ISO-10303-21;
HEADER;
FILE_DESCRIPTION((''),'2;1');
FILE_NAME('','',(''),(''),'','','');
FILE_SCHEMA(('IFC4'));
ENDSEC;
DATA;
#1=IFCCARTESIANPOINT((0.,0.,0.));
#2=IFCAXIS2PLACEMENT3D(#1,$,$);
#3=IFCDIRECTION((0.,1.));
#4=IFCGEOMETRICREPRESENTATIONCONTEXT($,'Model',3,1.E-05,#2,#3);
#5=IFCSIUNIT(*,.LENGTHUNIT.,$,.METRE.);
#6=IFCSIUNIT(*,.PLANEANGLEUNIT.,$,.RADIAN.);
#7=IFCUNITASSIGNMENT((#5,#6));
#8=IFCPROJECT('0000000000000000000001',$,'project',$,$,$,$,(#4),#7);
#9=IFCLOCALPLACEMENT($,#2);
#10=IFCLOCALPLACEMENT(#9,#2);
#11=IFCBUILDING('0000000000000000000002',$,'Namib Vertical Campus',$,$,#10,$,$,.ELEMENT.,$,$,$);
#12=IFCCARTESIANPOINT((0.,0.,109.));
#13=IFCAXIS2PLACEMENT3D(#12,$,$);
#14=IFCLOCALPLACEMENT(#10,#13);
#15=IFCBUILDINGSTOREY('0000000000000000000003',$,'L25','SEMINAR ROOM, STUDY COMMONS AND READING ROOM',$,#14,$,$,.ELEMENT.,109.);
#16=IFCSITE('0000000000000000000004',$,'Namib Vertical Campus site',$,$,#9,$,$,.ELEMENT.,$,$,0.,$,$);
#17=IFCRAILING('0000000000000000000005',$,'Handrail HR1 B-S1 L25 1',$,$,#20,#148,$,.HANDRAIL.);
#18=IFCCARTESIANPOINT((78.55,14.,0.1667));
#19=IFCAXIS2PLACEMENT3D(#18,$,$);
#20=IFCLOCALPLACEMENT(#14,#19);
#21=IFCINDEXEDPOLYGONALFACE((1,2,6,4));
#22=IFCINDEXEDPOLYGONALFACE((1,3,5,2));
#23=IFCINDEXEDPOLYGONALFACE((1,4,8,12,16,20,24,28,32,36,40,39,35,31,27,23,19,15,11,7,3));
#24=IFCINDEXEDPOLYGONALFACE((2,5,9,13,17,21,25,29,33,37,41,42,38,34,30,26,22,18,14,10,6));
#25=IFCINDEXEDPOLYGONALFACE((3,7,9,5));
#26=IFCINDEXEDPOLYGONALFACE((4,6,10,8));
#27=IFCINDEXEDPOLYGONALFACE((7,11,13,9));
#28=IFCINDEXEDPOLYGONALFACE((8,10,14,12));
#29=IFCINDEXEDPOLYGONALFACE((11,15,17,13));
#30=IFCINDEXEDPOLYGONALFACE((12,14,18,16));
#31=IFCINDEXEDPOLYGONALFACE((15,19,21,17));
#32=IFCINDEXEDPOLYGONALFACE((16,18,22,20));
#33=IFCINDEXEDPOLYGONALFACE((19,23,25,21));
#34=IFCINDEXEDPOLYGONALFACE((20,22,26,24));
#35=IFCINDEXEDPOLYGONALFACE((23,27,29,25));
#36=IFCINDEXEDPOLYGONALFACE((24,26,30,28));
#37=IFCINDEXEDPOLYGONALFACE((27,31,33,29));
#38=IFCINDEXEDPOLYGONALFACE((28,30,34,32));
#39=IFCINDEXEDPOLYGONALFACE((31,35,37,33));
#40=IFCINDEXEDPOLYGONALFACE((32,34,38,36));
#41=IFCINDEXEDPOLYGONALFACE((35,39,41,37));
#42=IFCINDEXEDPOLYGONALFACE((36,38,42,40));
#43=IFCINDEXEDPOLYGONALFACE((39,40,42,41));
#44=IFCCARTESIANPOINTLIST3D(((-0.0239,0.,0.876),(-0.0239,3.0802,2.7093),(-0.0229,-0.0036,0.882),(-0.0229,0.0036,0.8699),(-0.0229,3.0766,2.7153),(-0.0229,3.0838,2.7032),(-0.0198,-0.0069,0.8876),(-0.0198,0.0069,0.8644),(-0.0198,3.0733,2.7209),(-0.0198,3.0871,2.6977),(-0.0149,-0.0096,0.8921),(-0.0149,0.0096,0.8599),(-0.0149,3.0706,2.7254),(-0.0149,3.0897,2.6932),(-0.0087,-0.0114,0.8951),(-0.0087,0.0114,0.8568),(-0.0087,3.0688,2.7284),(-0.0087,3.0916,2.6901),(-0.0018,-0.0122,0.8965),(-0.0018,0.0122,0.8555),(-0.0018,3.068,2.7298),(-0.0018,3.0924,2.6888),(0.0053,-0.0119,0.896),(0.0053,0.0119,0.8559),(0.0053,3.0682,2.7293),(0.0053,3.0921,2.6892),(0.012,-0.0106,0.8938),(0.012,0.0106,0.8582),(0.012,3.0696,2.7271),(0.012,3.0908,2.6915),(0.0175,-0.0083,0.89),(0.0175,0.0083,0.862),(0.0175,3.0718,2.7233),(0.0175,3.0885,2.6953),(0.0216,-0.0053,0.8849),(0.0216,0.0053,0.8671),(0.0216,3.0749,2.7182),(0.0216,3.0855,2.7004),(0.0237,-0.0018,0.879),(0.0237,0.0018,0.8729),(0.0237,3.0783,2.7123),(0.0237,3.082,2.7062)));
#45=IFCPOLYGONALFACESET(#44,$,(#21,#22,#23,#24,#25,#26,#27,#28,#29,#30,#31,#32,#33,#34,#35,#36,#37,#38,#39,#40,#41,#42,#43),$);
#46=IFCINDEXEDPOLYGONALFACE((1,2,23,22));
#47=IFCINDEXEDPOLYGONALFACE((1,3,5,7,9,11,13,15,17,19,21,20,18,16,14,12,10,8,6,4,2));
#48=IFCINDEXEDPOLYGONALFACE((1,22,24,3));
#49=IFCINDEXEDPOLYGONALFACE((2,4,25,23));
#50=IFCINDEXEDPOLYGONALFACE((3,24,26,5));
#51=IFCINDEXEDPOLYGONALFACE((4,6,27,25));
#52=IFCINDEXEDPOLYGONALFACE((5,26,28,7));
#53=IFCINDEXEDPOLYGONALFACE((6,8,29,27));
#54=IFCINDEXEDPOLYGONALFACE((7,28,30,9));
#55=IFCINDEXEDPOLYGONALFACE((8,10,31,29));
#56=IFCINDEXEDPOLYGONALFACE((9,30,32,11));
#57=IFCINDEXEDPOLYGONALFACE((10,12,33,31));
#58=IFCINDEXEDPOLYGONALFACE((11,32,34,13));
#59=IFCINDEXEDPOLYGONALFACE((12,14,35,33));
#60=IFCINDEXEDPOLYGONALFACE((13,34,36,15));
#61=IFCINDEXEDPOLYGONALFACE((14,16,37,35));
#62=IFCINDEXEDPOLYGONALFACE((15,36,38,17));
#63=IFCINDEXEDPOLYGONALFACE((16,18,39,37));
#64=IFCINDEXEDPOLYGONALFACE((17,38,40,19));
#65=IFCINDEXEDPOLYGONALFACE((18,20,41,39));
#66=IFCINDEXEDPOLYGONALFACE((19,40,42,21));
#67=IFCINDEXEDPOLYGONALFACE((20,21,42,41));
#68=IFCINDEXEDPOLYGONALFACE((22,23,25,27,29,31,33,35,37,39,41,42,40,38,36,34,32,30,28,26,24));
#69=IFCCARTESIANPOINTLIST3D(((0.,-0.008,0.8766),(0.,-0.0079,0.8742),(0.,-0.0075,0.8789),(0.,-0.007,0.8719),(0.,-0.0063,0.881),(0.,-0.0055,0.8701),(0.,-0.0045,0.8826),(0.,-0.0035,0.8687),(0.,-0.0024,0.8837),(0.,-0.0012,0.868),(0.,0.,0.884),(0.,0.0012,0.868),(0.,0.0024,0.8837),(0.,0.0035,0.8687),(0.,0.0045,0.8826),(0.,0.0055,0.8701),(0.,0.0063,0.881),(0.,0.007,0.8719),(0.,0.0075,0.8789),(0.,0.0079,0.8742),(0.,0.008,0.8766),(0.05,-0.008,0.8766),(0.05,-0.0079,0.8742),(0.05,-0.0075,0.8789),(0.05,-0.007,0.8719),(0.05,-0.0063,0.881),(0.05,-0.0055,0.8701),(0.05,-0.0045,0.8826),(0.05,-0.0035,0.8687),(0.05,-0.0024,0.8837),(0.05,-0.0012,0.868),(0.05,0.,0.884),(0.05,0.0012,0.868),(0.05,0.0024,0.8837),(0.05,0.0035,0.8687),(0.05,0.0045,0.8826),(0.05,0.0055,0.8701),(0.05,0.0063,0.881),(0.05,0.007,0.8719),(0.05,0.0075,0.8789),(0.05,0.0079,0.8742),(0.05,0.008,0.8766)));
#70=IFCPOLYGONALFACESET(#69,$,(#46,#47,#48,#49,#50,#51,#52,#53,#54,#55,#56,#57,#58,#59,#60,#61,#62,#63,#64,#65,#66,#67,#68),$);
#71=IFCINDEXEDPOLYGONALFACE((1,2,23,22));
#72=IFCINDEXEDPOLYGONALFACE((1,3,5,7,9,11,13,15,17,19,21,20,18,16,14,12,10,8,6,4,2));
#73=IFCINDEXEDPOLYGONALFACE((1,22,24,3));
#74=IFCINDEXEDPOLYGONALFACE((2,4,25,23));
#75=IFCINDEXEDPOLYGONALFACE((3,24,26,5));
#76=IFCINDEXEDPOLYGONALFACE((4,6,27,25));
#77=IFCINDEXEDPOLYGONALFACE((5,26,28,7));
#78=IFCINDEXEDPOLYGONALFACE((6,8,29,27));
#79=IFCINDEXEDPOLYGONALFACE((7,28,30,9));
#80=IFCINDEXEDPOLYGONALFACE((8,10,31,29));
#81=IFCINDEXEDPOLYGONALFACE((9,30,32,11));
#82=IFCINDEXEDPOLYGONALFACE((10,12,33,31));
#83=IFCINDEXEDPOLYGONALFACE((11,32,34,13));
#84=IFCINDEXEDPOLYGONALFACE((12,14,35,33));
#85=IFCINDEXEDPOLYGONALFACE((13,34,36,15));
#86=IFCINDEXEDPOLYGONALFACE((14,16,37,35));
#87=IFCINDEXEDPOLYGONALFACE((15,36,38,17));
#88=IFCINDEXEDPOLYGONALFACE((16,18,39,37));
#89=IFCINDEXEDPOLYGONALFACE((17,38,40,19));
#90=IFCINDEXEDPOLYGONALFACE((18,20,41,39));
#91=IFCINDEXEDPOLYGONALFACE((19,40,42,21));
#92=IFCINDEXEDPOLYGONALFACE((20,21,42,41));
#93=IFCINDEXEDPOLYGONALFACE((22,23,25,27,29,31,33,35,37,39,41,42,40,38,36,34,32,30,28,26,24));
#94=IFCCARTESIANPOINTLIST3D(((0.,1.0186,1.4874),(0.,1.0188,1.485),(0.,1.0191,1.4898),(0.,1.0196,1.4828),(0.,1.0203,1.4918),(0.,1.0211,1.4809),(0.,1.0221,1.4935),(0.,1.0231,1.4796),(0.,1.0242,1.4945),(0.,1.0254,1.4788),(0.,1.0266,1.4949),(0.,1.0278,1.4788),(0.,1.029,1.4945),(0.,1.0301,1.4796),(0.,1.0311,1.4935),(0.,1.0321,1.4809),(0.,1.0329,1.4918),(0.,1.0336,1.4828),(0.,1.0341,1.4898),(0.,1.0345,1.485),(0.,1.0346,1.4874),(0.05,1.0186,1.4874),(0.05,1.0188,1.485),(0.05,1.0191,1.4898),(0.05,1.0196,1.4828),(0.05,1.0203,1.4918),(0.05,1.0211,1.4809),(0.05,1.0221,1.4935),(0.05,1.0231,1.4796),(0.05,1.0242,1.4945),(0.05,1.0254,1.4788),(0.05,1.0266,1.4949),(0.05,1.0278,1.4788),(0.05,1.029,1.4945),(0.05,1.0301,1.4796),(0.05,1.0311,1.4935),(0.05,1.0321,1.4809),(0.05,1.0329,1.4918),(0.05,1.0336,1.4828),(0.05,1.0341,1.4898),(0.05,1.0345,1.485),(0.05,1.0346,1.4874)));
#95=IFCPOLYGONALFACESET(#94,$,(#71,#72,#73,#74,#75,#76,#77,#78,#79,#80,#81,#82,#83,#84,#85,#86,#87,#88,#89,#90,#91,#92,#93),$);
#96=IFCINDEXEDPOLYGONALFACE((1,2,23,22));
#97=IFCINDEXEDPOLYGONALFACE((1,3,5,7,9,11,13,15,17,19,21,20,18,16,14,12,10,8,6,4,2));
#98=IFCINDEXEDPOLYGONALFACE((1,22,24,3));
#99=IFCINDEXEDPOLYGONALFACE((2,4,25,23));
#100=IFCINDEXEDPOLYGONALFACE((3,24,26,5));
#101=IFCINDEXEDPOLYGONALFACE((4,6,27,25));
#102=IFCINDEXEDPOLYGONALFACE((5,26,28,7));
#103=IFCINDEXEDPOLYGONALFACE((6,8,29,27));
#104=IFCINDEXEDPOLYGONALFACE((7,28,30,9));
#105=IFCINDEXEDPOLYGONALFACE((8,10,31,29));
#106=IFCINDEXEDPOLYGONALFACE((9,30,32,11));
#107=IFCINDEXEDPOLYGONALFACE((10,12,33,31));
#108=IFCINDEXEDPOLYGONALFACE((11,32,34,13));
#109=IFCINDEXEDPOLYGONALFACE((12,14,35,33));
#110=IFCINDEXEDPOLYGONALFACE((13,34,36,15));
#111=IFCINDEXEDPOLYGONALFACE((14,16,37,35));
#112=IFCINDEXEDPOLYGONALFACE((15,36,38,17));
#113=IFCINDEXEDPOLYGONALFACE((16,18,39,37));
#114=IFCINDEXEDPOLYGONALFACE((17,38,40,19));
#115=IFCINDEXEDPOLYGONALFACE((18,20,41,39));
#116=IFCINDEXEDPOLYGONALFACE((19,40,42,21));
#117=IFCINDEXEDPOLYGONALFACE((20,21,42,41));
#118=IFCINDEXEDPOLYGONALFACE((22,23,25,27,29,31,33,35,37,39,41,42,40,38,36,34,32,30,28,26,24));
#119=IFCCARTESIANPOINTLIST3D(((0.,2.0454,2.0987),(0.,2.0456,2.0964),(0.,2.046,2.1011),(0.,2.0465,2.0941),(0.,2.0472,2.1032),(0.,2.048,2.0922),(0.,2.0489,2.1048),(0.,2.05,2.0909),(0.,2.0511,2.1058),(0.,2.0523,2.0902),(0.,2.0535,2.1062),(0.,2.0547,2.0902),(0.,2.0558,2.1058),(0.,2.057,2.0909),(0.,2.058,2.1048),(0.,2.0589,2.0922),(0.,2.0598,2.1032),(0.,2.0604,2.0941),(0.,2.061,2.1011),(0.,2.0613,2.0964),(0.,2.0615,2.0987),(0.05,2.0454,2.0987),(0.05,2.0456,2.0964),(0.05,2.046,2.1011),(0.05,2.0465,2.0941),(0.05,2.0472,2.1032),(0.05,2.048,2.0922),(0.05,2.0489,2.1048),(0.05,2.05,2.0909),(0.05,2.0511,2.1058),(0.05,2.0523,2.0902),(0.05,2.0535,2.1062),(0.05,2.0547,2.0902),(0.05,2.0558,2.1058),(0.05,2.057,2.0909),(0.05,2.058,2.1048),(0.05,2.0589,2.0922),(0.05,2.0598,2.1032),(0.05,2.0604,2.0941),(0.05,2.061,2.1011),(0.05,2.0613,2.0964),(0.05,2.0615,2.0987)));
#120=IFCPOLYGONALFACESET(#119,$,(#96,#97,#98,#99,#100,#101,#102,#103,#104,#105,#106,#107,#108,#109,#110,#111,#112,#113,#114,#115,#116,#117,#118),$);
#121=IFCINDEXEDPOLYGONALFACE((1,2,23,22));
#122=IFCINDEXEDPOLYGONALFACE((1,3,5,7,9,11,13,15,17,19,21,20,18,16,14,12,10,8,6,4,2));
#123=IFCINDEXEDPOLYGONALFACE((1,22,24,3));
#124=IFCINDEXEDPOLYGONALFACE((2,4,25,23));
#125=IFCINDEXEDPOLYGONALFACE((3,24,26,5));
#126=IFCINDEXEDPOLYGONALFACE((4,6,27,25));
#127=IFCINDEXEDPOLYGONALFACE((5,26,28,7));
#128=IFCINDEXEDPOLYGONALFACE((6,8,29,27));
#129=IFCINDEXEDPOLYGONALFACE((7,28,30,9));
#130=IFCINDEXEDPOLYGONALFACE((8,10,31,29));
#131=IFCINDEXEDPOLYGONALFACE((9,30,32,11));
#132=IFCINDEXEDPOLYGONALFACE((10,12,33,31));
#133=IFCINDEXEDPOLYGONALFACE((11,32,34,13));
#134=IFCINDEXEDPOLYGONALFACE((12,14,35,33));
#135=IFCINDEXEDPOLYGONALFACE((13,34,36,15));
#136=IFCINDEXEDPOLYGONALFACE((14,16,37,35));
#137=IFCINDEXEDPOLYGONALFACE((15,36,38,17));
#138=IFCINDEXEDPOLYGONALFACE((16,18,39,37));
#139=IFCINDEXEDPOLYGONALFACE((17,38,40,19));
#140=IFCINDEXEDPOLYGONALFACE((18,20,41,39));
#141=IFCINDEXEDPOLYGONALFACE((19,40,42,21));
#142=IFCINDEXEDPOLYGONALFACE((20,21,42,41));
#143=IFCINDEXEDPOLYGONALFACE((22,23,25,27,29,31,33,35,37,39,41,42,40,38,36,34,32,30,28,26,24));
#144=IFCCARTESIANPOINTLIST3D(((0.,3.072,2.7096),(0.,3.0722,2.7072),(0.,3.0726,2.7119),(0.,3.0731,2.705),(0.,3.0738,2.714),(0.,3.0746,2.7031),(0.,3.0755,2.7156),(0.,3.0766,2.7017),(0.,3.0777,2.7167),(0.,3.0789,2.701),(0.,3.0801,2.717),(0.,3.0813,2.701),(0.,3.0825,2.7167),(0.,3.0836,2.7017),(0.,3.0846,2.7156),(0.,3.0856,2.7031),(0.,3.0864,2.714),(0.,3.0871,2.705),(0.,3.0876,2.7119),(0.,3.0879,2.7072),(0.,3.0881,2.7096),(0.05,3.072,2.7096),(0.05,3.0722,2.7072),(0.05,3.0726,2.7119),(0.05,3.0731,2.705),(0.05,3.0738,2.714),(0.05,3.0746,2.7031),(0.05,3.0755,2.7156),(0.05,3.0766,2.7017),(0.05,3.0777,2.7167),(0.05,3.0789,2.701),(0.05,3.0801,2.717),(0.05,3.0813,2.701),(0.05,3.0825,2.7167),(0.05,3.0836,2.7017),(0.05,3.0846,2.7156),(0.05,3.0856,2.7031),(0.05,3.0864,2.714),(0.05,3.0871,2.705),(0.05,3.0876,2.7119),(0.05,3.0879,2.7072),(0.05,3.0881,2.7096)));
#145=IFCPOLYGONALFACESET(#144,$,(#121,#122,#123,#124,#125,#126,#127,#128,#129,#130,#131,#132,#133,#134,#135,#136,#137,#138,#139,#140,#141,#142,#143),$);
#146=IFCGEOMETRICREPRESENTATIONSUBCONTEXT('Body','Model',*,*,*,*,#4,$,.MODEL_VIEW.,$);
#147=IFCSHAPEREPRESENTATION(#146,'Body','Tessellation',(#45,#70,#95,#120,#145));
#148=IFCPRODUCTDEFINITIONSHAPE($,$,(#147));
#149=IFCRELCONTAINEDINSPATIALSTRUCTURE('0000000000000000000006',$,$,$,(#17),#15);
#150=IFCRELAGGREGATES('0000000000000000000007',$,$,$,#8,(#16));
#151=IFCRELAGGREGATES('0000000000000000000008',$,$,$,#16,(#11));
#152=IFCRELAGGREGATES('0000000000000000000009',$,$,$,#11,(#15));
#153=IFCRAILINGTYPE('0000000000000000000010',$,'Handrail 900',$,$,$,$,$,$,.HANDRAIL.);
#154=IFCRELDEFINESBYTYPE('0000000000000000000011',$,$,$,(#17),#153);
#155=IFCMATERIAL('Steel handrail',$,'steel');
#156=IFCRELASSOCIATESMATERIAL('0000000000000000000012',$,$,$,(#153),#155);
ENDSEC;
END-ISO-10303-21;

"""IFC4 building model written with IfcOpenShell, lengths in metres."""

from ifc_helpers import new_model, si_unit, direction, frame, origin, origin_2d, place, context, subcontext, project, spatial, circle, extrude, material, type_object, element, save


model = new_model("IFC4")

# Units and contexts
model_context = context("Model", 3, precision=1e-05, world=origin(), true_north=direction((0.0, 1.0)))
body_context = subcontext(model_context, "Body", "Model", "MODEL_VIEW")
ifc_project = project(units=[si_unit("LENGTHUNIT", "METRE"), si_unit("PLANEANGLEUNIT", "RADIAN")], contexts=[model_context])

# Site, building, storey
site_placement = place(None, origin())
site = spatial("IfcSite", under=ifc_project, at=site_placement, Name="Namib Vertical Campus site", CompositionType="ELEMENT", RefElevation=0.0)
building_placement = place(site_placement, origin())
building = spatial("IfcBuilding", under=site, at=building_placement, Name="Namib Vertical Campus", CompositionType="ELEMENT")
storey_placement = place(building_placement, frame((0.0, 0.0, 109.0)))
storey = spatial("IfcBuildingStorey", under=building, at=storey_placement, Name="L25", Description="SEMINAR ROOM, STUDY COMMONS AND READING ROOM", CompositionType="ELEMENT", Elevation=109.0)

# Railing
ifc_material_1 = material(Name="Steel handrail", Category="steel")
railing_type = type_object("IfcRailingType", Name="Handrail 900", PredefinedType="HANDRAIL", material=ifc_material_1)
railing_1_placement = place(storey_placement, frame((78.55, 14.0, 0.1667)))
element("IfcRailing", 1, at=railing_1_placement, inside=storey, type_object=railing_type, Name="Handrail HR1 B-S1 L25 1", PredefinedType="HANDRAIL", context=body_context, shape_type="SweptSolid", body=[
    extrude(circle(Radius=0.0239, at=origin_2d()), frame((0.0, 0.0, 0.876), z_axis=(0.0, 0.859309, 0.511458), x_axis=(-1.0, 0.0, 0.0)), (0.0, 0.0, 1.0), 3.5845),
    extrude(circle(Radius=0.0081, at=origin_2d()), frame((0.0, 0.0, 0.876), z_axis=(1.0, 0.0, 0.0), x_axis=(0.0, 0.0, 1.0)), (0.0, 0.0, 1.0), 0.05),
    extrude(circle(Radius=0.0081, at=origin_2d()), frame((0.0, 1.0266, 1.4868), z_axis=(1.0, 0.0, 0.0), x_axis=(0.0, 0.0, 1.0)), (0.0, 0.0, 1.0), 0.05),
    extrude(circle(Radius=0.0081, at=origin_2d()), frame((0.0, 2.0535, 2.0981), z_axis=(1.0, 0.0, 0.0), x_axis=(0.0, 0.0, 1.0)), (0.0, 0.0, 1.0), 0.05),
    extrude(circle(Radius=0.0081, at=origin_2d()), frame((0.0, 3.0801, 2.709), z_axis=(1.0, 0.0, 0.0), x_axis=(0.0, 0.0, 1.0)), (0.0, 0.0, 1.0), 0.05),
])

save(model, "model.ifc")
